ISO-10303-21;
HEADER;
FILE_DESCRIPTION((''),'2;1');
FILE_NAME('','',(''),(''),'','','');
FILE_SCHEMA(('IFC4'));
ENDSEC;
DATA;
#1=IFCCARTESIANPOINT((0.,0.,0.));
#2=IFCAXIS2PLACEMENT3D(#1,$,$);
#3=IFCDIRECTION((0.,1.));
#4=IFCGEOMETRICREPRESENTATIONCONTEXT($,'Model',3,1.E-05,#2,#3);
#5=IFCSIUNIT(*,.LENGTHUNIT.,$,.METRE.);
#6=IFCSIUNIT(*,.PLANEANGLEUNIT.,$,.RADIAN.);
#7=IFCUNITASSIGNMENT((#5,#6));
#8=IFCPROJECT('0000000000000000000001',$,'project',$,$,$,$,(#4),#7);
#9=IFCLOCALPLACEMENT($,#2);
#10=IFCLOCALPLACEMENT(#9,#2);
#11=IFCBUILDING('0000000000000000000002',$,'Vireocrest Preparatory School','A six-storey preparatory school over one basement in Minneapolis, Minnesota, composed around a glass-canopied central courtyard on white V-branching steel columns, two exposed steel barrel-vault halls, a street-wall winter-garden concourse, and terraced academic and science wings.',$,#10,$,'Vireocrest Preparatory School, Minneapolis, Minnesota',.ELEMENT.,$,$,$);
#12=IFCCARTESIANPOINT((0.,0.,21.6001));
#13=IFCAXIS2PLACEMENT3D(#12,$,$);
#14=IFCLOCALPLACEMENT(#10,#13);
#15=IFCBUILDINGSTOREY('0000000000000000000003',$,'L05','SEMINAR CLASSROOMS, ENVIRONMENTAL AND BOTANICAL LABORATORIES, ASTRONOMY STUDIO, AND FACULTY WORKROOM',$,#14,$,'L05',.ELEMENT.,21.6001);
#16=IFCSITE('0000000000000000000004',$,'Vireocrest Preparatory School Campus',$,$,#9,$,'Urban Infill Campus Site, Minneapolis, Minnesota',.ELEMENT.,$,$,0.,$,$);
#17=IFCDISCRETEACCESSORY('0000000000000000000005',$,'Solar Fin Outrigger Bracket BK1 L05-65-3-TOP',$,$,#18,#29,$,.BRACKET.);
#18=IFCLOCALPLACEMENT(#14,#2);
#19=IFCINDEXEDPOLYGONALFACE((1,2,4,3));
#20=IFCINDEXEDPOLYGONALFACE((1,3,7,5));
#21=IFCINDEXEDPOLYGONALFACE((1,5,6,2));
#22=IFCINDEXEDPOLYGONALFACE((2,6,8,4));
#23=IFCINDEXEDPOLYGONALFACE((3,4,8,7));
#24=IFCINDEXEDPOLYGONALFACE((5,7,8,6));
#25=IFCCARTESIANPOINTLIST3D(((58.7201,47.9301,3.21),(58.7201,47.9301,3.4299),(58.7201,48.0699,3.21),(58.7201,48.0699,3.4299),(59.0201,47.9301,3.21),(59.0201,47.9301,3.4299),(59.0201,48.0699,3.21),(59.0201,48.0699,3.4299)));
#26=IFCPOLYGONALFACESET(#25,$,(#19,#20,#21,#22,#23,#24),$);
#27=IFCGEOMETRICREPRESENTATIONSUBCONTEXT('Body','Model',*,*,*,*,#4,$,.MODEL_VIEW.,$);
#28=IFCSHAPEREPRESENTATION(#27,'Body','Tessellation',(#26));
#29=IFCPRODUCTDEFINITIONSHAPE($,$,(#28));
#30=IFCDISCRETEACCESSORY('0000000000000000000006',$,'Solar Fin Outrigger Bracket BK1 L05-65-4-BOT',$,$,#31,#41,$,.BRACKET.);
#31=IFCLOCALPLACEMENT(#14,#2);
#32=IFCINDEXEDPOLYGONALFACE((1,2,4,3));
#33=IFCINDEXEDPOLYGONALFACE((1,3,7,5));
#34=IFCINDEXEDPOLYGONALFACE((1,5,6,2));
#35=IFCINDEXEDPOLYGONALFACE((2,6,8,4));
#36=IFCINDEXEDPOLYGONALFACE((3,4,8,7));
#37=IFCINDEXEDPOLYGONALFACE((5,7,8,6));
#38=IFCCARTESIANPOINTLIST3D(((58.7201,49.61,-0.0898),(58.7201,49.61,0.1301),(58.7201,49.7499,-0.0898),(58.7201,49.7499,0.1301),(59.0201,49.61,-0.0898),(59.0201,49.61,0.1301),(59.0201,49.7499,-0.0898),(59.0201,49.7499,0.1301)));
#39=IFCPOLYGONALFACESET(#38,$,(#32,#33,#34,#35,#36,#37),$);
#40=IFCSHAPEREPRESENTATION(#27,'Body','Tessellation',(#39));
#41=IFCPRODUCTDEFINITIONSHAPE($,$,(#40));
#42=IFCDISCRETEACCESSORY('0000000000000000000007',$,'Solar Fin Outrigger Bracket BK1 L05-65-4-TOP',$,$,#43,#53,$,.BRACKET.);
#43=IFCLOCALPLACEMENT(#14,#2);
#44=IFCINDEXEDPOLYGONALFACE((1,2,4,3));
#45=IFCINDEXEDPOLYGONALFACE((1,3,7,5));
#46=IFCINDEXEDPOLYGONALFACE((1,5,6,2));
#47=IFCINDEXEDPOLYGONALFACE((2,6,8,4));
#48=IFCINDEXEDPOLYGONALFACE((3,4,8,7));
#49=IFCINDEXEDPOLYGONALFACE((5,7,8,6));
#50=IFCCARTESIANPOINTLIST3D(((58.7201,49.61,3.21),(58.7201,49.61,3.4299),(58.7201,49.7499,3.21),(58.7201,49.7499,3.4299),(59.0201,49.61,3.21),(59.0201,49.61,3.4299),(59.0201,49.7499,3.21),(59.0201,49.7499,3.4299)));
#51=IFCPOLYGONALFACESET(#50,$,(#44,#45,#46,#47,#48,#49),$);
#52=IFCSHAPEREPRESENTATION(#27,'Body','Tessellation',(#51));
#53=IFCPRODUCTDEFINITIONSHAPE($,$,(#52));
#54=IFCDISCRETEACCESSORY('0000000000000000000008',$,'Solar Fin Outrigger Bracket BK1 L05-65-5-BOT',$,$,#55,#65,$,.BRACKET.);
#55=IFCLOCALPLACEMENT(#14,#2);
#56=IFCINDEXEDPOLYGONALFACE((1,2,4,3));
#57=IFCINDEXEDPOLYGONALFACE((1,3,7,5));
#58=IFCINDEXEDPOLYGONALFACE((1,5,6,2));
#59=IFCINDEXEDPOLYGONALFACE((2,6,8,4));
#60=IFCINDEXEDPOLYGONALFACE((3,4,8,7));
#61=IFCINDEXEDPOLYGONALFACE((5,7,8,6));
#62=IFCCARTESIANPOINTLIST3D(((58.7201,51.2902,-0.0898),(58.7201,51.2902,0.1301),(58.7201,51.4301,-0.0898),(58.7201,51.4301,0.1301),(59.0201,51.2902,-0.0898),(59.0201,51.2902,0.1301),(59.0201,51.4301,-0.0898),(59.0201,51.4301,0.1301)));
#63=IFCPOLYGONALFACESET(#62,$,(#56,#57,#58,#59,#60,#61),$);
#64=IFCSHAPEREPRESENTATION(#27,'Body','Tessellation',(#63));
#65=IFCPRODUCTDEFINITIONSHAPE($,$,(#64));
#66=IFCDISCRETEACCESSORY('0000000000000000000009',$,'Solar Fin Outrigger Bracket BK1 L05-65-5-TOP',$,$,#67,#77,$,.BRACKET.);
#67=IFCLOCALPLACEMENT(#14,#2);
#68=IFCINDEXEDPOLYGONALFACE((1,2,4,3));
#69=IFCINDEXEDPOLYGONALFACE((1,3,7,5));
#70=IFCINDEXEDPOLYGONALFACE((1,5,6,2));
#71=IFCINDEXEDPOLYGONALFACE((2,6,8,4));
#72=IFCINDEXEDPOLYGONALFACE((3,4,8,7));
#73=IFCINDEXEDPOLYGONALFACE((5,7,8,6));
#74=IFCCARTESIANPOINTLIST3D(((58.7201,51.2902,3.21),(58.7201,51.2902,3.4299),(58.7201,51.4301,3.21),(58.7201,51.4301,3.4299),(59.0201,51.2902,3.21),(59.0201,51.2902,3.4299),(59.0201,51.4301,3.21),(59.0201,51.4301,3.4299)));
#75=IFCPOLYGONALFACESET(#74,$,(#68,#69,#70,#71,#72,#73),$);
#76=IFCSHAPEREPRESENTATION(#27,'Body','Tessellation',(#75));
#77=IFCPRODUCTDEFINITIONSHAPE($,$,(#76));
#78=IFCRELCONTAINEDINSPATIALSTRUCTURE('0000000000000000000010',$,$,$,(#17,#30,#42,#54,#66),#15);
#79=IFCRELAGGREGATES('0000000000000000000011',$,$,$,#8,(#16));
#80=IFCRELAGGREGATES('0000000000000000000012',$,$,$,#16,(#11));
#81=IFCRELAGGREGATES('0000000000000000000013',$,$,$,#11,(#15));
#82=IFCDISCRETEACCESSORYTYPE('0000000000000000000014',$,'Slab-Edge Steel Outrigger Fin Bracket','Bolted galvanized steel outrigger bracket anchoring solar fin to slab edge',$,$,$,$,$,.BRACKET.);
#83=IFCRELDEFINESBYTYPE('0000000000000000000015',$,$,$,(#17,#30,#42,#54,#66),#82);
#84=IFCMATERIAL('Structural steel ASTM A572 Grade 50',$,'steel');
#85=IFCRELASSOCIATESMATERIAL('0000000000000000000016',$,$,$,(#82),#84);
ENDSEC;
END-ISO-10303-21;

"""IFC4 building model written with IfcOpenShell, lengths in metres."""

from ifc_helpers import new_model, si_unit, direction, frame, origin, origin_2d, place, context, subcontext, project, spatial, rectangle, extrude, material, type_object, element, save


model = new_model("IFC4")

# Units and contexts
model_context = context("Model", 3, precision=1e-05, world=origin(), true_north=direction((0.0, 1.0)))
body_context = subcontext(model_context, "Body", "Model", "MODEL_VIEW")
ifc_project = project(units=[si_unit("LENGTHUNIT", "METRE"), si_unit("PLANEANGLEUNIT", "RADIAN")], contexts=[model_context])

# Site, building, storey
site_placement = place(None, origin())
site = spatial("IfcSite", under=ifc_project, at=site_placement, Name="Vireocrest Preparatory School Campus", LongName="Urban Infill Campus Site, Minneapolis, Minnesota", CompositionType="ELEMENT", RefElevation=0.0)
building_placement = place(site_placement, origin())
building = spatial("IfcBuilding", under=site, at=building_placement, Name="Vireocrest Preparatory School", Description="A six-storey preparatory school over one basement in Minneapolis, Minnesota, composed around a glass-canopied central courtyard on white V-branching steel columns, two exposed steel barrel-vault halls, a street-wall winter-garden concourse, and terraced academic and science wings.", LongName="Vireocrest Preparatory School, Minneapolis, Minnesota", CompositionType="ELEMENT")
storey_placement = place(building_placement, frame((0.0, 0.0, 21.6001)))
storey = spatial("IfcBuildingStorey", under=building, at=storey_placement, Name="L05", Description="SEMINAR CLASSROOMS, ENVIRONMENTAL AND BOTANICAL LABORATORIES, ASTRONOMY STUDIO, AND FACULTY WORKROOM", LongName="L05", CompositionType="ELEMENT", Elevation=21.6001)

# Discrete accessories
ifc_material_1 = material(Name="Structural steel ASTM A572 Grade 50", Category="steel")
discrete_accessory_type = type_object("IfcDiscreteAccessoryType", Name="Slab-Edge Steel Outrigger Fin Bracket", Description="Bolted galvanized steel outrigger bracket anchoring solar fin to slab edge", PredefinedType="BRACKET", material=ifc_material_1)
for number, where, z_axis, x_axis, name in (
    (1, (58.8701, 48.0, 3.21), (0.0, 0.0, 1.0), (0.0, -1.0, 0.0), "Solar Fin Outrigger Bracket BK1 L05-65-3-TOP"),
    (2, (58.8701, 49.6799, -0.0898), (0.0, 0.0, 1.0), (0.0, -1.0, 0.0), "Solar Fin Outrigger Bracket BK1 L05-65-4-BOT"),
    (3, (58.8701, 49.6799, 3.21), (0.0, 0.0, 1.0), (0.0, -1.0, 0.0), "Solar Fin Outrigger Bracket BK1 L05-65-4-TOP"),
    (4, (58.8701, 51.3601, -0.0898), (0.0, 0.0, 1.0), (0.0, -1.0, 0.0), "Solar Fin Outrigger Bracket BK1 L05-65-5-BOT"),
    (5, (58.8701, 51.3601, 3.21), (0.0, 0.0, 1.0), (0.0, -1.0, 0.0), "Solar Fin Outrigger Bracket BK1 L05-65-5-TOP"),
):
    element("IfcDiscreteAccessory", number, at=place(storey_placement, frame(where, z_axis=z_axis, x_axis=x_axis)), inside=storey, type_object=discrete_accessory_type, Name=name, PredefinedType="BRACKET", context=body_context, shape_type="SweptSolid", body=[
        extrude(rectangle(XDim=0.1399, YDim=0.3, at=origin_2d()), origin(), (0.0, 0.0, 1.0), 0.22),
    ])

save(model, "model.ifc")
